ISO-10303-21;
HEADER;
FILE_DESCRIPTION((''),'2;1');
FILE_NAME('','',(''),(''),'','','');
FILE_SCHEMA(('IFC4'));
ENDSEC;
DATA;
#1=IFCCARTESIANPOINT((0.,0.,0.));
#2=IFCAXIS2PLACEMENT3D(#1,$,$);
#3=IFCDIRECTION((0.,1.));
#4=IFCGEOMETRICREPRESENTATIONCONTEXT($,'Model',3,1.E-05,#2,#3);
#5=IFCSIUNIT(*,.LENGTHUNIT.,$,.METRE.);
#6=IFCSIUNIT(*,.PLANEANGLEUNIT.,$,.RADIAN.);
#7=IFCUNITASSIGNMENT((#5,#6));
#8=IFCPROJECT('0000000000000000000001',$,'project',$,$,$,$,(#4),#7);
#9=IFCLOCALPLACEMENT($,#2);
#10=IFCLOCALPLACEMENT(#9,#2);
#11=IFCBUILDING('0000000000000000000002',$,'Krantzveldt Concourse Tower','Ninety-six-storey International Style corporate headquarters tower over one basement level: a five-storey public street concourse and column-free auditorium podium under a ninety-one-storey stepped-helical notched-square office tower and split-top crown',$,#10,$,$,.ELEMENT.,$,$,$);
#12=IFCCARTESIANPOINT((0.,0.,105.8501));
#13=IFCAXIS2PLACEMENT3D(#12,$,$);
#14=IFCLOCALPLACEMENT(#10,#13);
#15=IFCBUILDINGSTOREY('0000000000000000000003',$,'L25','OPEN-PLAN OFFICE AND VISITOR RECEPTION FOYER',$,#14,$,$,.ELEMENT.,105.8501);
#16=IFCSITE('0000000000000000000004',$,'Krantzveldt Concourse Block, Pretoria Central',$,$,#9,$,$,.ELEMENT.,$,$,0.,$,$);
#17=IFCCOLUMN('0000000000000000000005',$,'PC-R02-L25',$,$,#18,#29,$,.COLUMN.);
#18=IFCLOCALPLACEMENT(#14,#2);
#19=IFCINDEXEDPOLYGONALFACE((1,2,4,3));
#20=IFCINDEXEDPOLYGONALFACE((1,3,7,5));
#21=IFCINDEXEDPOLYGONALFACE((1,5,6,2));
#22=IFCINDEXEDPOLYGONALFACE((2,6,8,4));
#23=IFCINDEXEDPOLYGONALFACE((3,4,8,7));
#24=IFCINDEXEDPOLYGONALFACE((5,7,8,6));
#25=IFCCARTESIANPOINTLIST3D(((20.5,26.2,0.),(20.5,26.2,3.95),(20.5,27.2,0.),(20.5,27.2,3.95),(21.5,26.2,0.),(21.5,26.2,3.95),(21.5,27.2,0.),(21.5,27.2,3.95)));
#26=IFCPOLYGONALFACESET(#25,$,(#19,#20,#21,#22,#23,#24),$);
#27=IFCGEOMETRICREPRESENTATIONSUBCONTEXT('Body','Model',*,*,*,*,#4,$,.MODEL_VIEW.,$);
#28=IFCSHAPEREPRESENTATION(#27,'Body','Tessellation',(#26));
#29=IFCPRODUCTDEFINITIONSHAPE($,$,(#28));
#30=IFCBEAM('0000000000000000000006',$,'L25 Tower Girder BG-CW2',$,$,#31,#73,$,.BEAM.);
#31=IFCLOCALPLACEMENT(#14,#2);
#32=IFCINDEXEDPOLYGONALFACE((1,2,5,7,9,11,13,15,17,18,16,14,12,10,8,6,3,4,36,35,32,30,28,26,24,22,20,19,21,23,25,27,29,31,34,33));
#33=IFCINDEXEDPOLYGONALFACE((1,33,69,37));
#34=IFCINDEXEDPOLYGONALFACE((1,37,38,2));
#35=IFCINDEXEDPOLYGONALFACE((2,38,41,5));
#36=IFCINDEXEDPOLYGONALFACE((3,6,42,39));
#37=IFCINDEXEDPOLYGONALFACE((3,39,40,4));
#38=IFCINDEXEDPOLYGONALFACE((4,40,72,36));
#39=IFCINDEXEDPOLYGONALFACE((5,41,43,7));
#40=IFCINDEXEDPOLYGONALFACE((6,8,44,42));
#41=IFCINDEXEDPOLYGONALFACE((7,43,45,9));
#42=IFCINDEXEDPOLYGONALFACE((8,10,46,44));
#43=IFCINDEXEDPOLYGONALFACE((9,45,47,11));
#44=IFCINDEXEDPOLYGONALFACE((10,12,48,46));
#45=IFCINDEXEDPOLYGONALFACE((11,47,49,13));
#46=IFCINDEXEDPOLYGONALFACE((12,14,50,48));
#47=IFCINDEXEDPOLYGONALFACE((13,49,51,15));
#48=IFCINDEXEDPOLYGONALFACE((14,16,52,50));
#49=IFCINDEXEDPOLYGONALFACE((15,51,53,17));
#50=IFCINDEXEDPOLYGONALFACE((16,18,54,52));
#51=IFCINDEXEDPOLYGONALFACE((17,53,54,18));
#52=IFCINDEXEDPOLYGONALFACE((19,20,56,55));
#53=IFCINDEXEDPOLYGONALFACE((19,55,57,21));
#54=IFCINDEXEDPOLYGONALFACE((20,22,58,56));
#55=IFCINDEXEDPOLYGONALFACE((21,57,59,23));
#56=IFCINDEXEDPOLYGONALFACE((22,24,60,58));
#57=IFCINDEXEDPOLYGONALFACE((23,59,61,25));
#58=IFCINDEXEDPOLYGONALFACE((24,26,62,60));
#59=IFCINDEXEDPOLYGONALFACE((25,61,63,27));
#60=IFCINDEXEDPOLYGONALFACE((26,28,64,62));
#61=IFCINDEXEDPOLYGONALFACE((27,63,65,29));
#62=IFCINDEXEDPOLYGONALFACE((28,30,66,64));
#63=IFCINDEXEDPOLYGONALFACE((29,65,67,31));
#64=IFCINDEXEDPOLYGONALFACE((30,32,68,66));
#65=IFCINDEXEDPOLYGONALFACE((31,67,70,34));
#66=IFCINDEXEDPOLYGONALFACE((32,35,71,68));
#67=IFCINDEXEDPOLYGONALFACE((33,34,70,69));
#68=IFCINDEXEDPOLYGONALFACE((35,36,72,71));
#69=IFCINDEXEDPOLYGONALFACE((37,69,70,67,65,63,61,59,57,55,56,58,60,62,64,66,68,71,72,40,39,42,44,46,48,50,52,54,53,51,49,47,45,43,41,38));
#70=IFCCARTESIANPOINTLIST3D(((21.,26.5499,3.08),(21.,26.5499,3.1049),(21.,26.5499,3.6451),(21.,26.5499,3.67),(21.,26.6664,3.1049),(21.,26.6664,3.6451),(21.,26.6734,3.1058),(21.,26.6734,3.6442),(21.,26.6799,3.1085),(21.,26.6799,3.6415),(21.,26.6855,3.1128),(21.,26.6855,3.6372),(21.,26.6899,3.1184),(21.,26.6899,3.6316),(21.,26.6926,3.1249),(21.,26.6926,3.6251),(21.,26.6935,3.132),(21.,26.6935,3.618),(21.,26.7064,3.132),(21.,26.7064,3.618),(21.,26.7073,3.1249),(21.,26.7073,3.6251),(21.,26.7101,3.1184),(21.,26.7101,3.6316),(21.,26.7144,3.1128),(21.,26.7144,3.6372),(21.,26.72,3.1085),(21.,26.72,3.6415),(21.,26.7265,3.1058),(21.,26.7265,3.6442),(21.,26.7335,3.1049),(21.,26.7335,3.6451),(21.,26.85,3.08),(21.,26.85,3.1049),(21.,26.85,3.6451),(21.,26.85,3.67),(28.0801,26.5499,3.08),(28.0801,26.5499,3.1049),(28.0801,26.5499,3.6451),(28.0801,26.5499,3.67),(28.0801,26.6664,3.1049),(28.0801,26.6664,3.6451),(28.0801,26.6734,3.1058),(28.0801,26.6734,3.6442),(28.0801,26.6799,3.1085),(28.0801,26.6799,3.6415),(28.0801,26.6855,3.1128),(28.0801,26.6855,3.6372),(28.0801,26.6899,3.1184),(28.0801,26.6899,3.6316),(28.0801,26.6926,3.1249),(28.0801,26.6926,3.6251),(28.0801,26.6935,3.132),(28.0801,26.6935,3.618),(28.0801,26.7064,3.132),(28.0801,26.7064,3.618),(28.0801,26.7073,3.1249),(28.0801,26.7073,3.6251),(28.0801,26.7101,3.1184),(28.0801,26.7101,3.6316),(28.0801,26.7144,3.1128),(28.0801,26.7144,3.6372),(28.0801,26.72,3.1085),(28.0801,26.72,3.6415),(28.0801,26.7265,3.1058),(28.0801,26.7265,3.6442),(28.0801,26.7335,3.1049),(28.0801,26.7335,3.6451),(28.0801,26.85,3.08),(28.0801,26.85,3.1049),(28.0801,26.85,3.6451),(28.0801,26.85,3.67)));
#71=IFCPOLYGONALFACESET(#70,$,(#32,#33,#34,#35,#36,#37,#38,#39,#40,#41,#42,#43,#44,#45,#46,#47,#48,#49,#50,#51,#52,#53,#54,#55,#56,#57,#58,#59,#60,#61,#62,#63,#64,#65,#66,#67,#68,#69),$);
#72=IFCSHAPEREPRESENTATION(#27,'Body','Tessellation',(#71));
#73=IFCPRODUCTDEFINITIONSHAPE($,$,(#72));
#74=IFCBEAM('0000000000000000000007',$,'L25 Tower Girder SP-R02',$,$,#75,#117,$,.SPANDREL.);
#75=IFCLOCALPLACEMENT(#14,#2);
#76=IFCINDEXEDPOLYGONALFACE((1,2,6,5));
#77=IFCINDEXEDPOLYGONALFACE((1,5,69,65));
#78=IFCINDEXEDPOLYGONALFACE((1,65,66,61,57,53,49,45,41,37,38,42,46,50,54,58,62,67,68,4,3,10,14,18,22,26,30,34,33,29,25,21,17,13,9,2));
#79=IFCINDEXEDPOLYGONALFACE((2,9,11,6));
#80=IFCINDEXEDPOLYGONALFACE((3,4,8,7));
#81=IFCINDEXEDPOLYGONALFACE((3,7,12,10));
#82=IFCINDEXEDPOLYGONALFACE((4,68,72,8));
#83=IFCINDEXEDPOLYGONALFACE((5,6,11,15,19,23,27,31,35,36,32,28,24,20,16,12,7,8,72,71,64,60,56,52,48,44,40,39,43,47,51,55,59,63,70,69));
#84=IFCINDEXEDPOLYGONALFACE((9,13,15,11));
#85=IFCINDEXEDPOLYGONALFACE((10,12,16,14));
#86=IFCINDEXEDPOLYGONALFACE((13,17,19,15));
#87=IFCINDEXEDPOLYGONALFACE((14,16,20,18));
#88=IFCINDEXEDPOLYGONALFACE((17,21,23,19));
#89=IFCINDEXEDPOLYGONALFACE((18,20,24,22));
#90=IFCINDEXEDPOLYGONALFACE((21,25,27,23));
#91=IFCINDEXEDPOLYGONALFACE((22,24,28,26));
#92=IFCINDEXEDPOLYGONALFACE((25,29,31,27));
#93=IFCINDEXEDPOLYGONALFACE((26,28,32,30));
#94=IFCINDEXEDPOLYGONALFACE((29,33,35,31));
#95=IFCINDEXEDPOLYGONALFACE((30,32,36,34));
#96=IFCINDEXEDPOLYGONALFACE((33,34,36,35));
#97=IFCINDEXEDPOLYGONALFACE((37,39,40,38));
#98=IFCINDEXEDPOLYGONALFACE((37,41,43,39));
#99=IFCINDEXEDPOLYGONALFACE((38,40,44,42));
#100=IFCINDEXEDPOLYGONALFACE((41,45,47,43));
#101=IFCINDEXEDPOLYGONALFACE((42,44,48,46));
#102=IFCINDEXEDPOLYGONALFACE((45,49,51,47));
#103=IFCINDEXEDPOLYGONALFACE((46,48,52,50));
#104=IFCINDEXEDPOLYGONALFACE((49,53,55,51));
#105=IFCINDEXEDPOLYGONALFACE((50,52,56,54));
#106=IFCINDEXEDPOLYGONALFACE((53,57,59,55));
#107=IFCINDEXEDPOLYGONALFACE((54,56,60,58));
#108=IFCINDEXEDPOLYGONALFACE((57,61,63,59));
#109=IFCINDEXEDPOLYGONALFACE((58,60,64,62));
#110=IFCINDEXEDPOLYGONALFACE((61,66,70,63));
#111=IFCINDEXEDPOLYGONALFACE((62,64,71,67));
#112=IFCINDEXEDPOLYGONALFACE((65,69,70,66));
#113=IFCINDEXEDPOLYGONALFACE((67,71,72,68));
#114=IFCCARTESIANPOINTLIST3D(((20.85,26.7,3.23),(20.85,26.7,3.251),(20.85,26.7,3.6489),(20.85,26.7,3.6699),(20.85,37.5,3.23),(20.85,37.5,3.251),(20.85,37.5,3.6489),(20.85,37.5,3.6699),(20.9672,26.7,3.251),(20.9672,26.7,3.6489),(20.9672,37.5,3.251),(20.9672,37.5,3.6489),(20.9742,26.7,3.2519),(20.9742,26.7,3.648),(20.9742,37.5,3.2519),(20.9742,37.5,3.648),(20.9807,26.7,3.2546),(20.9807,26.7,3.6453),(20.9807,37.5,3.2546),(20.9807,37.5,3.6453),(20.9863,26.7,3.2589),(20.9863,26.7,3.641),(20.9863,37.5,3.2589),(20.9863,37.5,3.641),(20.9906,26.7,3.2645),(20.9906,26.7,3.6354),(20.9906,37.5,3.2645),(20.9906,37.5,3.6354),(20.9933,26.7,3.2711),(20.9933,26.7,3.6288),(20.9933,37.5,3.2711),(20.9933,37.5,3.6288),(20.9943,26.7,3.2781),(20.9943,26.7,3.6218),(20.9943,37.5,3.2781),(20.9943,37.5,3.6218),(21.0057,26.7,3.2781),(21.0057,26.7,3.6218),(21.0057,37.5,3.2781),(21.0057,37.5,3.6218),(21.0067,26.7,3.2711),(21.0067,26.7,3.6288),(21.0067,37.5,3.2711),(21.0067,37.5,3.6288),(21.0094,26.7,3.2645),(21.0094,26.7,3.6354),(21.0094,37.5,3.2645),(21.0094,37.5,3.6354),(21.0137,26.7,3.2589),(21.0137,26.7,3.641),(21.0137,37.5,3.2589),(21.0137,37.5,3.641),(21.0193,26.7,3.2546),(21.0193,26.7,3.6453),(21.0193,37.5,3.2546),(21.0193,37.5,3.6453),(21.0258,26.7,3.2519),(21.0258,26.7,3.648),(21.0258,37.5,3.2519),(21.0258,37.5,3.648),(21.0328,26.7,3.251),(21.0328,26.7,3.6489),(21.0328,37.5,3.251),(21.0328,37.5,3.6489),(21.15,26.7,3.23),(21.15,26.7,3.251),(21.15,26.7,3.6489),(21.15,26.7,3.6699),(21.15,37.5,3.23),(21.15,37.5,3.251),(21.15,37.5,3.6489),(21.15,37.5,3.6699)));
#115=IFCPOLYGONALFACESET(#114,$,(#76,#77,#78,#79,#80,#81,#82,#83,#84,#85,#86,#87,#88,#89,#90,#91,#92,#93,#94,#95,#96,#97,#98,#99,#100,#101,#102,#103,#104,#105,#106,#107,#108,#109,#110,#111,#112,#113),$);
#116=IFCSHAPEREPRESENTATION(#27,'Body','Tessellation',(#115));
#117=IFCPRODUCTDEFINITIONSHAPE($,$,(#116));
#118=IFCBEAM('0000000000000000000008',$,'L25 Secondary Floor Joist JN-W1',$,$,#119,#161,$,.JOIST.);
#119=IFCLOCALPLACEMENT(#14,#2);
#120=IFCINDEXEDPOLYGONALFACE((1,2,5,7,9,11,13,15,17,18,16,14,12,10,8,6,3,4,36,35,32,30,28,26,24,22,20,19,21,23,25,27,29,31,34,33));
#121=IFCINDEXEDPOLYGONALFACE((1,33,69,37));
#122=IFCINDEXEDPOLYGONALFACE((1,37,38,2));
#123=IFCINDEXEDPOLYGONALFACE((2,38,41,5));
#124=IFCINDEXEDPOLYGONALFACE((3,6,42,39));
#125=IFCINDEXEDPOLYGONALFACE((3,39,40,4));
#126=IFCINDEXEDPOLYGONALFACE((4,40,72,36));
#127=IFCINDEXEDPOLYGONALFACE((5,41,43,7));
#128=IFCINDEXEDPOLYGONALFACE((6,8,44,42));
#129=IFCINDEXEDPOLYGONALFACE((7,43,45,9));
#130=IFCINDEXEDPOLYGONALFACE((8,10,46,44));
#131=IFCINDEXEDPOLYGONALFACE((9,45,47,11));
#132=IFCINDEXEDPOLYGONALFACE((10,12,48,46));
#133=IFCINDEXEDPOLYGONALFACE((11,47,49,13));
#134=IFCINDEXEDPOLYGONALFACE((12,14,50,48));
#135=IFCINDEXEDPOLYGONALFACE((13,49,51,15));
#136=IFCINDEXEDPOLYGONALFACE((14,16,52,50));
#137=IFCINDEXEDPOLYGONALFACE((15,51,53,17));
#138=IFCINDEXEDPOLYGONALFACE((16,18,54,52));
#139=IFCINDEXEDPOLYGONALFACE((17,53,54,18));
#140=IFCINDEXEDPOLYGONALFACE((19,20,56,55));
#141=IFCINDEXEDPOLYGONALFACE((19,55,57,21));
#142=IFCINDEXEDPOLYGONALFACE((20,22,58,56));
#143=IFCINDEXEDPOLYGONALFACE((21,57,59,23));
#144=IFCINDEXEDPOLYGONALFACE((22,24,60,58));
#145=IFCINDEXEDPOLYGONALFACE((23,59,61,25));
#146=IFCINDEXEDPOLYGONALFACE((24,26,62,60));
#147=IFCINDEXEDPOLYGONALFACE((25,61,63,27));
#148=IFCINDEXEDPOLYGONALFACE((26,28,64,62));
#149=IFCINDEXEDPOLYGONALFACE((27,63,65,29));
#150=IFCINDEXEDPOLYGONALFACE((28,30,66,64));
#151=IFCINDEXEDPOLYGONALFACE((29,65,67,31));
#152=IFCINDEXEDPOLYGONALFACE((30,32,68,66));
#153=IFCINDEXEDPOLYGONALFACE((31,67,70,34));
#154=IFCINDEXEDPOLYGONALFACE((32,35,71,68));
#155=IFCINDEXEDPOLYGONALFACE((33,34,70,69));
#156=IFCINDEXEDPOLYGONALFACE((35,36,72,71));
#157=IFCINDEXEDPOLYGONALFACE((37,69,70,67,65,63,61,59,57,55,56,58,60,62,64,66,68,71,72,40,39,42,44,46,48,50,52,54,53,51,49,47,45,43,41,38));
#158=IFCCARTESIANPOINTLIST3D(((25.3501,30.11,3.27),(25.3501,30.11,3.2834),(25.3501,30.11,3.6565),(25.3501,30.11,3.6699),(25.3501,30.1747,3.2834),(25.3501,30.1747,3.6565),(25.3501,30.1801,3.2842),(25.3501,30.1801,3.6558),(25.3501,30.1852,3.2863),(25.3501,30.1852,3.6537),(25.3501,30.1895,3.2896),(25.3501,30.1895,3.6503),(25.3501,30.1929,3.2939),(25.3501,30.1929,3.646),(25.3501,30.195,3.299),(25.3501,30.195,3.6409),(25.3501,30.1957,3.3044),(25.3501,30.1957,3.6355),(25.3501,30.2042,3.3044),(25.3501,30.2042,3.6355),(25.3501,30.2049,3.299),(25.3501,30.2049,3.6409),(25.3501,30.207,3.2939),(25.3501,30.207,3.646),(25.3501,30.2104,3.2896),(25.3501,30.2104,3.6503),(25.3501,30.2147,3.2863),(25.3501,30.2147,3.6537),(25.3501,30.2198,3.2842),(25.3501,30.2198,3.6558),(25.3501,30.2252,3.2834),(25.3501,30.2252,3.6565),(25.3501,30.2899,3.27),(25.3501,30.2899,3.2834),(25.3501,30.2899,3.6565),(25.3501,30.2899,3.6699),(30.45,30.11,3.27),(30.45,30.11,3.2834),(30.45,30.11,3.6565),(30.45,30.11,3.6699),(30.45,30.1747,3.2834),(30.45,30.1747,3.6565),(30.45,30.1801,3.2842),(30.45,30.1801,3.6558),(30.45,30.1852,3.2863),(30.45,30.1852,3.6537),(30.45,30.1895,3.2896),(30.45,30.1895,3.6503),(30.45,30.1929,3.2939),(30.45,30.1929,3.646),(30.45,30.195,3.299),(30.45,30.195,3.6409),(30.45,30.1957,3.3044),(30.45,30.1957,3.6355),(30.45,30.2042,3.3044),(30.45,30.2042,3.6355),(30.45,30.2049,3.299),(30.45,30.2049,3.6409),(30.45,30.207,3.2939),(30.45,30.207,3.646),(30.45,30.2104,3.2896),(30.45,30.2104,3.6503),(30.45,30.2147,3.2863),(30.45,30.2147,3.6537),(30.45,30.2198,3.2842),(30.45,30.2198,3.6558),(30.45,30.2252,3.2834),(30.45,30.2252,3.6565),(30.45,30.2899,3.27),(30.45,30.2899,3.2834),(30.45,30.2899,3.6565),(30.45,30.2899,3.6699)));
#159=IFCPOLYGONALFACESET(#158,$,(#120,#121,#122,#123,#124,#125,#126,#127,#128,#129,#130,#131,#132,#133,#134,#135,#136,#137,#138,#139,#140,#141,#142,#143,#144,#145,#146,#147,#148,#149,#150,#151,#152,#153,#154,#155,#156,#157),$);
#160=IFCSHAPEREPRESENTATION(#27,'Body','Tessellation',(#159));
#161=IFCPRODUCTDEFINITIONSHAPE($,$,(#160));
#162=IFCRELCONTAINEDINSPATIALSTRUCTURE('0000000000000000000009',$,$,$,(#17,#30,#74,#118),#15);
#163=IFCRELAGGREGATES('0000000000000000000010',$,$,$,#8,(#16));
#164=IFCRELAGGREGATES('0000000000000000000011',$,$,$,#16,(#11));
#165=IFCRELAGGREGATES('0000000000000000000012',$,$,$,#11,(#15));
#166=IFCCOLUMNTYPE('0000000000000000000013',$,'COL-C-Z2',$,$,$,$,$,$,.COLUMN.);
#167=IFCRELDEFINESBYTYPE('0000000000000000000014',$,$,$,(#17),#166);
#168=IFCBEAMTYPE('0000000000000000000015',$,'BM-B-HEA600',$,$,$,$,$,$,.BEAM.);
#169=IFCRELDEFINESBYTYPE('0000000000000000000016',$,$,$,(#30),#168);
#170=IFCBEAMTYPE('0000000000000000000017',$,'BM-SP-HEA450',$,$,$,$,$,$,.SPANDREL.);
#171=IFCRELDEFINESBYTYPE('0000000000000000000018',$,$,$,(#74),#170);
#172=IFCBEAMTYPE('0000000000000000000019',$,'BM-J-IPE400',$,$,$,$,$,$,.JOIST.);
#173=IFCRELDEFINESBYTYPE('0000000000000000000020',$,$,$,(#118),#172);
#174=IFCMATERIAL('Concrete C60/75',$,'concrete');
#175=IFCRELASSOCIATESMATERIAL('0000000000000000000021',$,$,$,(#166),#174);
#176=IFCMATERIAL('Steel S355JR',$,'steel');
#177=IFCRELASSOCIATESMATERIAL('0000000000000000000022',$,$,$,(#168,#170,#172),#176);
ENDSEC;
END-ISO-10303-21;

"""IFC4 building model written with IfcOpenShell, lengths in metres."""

from ifc_helpers import new_model, si_unit, direction, frame, origin, origin_2d, place, context, subcontext, project, spatial, rectangle, i_section, extrude, source, transform, mapped, material, material_profile, profile_set, type_object, type_shapes, element, save


model = new_model("IFC4")

# Units and contexts
model_context = context("Model", 3, precision=1e-05, world=origin(), true_north=direction((0.0, 1.0)))
body_context = subcontext(model_context, "Body", "Model", "MODEL_VIEW")
ifc_project = project(units=[si_unit("LENGTHUNIT", "METRE"), si_unit("PLANEANGLEUNIT", "RADIAN")], contexts=[model_context])

# Site, building, storey
site_placement = place(None, origin())
site = spatial("IfcSite", under=ifc_project, at=site_placement, Name="Krantzveldt Concourse Block, Pretoria Central", CompositionType="ELEMENT", RefElevation=0.0)
building_placement = place(site_placement, origin())
building = spatial("IfcBuilding", under=site, at=building_placement, Name="Krantzveldt Concourse Tower", Description="Ninety-six-storey International Style corporate headquarters tower over one basement level: a five-storey public street concourse and column-free auditorium podium under a ninety-one-storey stepped-helical notched-square office tower and split-top crown", CompositionType="ELEMENT")
storey_placement = place(building_placement, frame((0.0, 0.0, 105.8501)))
storey = spatial("IfcBuildingStorey", under=building, at=storey_placement, Name="L25", Description="OPEN-PLAN OFFICE AND VISITOR RECEPTION FOYER", CompositionType="ELEMENT", Elevation=105.8501)

# Column
ifc_material_1 = material(Name="Concrete C60/75", Category="concrete")
ifc_material_profile_1 = material_profile(ifc_material_1, rectangle(XDim=1.0, YDim=1.0, at=origin_2d()), Name="Concrete C60/75", Category="concrete")
ifc_profile_set_1 = profile_set([ifc_material_profile_1], Name="Concrete C60/75 - RC 1000x1000")
column_type = type_object("IfcColumnType", Name="COL-C-Z2", PredefinedType="COLUMN", material=ifc_profile_set_1)
shared_shape_1 = source(origin(), body_context, "Body", "SweptSolid", [
    extrude(rectangle(XDim=1.0, YDim=1.0, at=origin_2d()), origin(), (0.0, 0.0, 1.0), 3.95),
])
type_shapes(column_type, [shared_shape_1])
column_placement = place(storey_placement, frame((21.0, 26.7, 0.0), z_axis=(0.0, 0.0, 1.0), x_axis=(1.0, 0.0, 0.0)))
element("IfcColumn", 1, at=column_placement, inside=storey, type_object=column_type, Name="PC-R02-L25", PredefinedType="COLUMN", context=body_context, shape_type="MappedRepresentation", body=[
    mapped(shared_shape_1, transform((0.0, 0.0, 0.0), x_axis=(1.0, 0.0, 0.0), y_axis=(0.0, 1.0, 0.0), z_axis=(0.0, 0.0, 1.0), scale=1.0)),
])

# Beams
ifc_material_2 = material(Name="Steel S355JR", Category="steel")
ifc_material_profile_2 = material_profile(ifc_material_2, i_section(OverallWidth=0.3, OverallDepth=0.5901, WebThickness=0.0129, FlangeThickness=0.0249, FilletRadius=0.0271, at=origin_2d()), Name="Steel S355JR", Category="steel")
ifc_profile_set_2 = profile_set([ifc_material_profile_2], Name="Steel S355JR - HEA 600")
beam_type_1 = type_object("IfcBeamType", Name="BM-B-HEA600", PredefinedType="BEAM", material=ifc_profile_set_2)
shared_shape_2 = source(origin(), body_context, "Body", "SweptSolid", [
    extrude(i_section(OverallWidth=0.3, OverallDepth=0.5901, WebThickness=0.0129, FlangeThickness=0.0249, FilletRadius=0.0271, at=origin_2d()), origin(), (0.0, 0.0, 1.0), 7.0801),
])
type_shapes(beam_type_1, [shared_shape_2])
beam_1_placement = place(storey_placement, frame((21.0, 26.7, 3.375), z_axis=(1.0, 0.0, 0.0), x_axis=(0.0, 1.0, 0.0)))
element("IfcBeam", 2, at=beam_1_placement, inside=storey, type_object=beam_type_1, Name="L25 Tower Girder BG-CW2", PredefinedType="BEAM", context=body_context, shape_type="MappedRepresentation", body=[
    mapped(shared_shape_2, transform((0.0, 0.0, 0.0), x_axis=(1.0, 0.0, 0.0), y_axis=(0.0, 1.0, 0.0), z_axis=(0.0, 0.0, 1.0), scale=1.0)),
])
ifc_material_profile_3 = material_profile(ifc_material_2, i_section(OverallWidth=0.3, OverallDepth=0.4399, WebThickness=0.0115, FlangeThickness=0.021, FilletRadius=0.0271, at=origin_2d()), Name="Steel S355JR", Category="steel")
ifc_profile_set_3 = profile_set([ifc_material_profile_3], Name="Steel S355JR - HEA 450")
beam_type_2 = type_object("IfcBeamType", Name="BM-SP-HEA450", PredefinedType="SPANDREL", material=ifc_profile_set_3)
shared_shape_3 = source(origin(), body_context, "Body", "SweptSolid", [
    extrude(i_section(OverallWidth=0.3, OverallDepth=0.4399, WebThickness=0.0115, FlangeThickness=0.021, FilletRadius=0.0271, at=origin_2d()), origin(), (0.0, 0.0, 1.0), 10.8),
])
type_shapes(beam_type_2, [shared_shape_3])
beam_2_placement = place(storey_placement, frame((21.0, 26.7, 3.45), z_axis=(0.0, 1.0, 0.0), x_axis=(-1.0, 0.0, 0.0)))
element("IfcBeam", 3, at=beam_2_placement, inside=storey, type_object=beam_type_2, Name="L25 Tower Girder SP-R02", PredefinedType="SPANDREL", context=body_context, shape_type="MappedRepresentation", body=[
    mapped(shared_shape_3, transform((0.0, 0.0, 0.0), x_axis=(1.0, 0.0, 0.0), y_axis=(0.0, 1.0, 0.0), z_axis=(0.0, 0.0, 1.0), scale=1.0)),
])
ifc_material_profile_4 = material_profile(ifc_material_2, i_section(OverallWidth=0.1799, OverallDepth=0.3999, WebThickness=0.0085, FlangeThickness=0.0134, FilletRadius=0.021, at=origin_2d()), Name="Steel S355JR", Category="steel")
ifc_profile_set_4 = profile_set([ifc_material_profile_4], Name="Steel S355JR - IPE 400")
beam_type_3 = type_object("IfcBeamType", Name="BM-J-IPE400", PredefinedType="JOIST", material=ifc_profile_set_4)
shared_shape_4 = source(origin(), body_context, "Body", "SweptSolid", [
    extrude(i_section(OverallWidth=0.1799, OverallDepth=0.3999, WebThickness=0.0085, FlangeThickness=0.0134, FilletRadius=0.021, at=origin_2d()), origin(), (0.0, 0.0, 1.0), 5.0999),
])
type_shapes(beam_type_3, [shared_shape_4])
beam_3_placement = place(storey_placement, frame((25.3501, 30.2, 3.47), z_axis=(1.0, 0.0, 0.0), x_axis=(0.0, 1.0, 0.0)))
element("IfcBeam", 4, at=beam_3_placement, inside=storey, type_object=beam_type_3, Name="L25 Secondary Floor Joist JN-W1", PredefinedType="JOIST", context=body_context, shape_type="MappedRepresentation", body=[
    mapped(shared_shape_4, transform((0.0, 0.0, 0.0), x_axis=(1.0, 0.0, 0.0), y_axis=(0.0, 1.0, 0.0), z_axis=(0.0, 0.0, 1.0), scale=1.0)),
])

save(model, "model.ifc")
